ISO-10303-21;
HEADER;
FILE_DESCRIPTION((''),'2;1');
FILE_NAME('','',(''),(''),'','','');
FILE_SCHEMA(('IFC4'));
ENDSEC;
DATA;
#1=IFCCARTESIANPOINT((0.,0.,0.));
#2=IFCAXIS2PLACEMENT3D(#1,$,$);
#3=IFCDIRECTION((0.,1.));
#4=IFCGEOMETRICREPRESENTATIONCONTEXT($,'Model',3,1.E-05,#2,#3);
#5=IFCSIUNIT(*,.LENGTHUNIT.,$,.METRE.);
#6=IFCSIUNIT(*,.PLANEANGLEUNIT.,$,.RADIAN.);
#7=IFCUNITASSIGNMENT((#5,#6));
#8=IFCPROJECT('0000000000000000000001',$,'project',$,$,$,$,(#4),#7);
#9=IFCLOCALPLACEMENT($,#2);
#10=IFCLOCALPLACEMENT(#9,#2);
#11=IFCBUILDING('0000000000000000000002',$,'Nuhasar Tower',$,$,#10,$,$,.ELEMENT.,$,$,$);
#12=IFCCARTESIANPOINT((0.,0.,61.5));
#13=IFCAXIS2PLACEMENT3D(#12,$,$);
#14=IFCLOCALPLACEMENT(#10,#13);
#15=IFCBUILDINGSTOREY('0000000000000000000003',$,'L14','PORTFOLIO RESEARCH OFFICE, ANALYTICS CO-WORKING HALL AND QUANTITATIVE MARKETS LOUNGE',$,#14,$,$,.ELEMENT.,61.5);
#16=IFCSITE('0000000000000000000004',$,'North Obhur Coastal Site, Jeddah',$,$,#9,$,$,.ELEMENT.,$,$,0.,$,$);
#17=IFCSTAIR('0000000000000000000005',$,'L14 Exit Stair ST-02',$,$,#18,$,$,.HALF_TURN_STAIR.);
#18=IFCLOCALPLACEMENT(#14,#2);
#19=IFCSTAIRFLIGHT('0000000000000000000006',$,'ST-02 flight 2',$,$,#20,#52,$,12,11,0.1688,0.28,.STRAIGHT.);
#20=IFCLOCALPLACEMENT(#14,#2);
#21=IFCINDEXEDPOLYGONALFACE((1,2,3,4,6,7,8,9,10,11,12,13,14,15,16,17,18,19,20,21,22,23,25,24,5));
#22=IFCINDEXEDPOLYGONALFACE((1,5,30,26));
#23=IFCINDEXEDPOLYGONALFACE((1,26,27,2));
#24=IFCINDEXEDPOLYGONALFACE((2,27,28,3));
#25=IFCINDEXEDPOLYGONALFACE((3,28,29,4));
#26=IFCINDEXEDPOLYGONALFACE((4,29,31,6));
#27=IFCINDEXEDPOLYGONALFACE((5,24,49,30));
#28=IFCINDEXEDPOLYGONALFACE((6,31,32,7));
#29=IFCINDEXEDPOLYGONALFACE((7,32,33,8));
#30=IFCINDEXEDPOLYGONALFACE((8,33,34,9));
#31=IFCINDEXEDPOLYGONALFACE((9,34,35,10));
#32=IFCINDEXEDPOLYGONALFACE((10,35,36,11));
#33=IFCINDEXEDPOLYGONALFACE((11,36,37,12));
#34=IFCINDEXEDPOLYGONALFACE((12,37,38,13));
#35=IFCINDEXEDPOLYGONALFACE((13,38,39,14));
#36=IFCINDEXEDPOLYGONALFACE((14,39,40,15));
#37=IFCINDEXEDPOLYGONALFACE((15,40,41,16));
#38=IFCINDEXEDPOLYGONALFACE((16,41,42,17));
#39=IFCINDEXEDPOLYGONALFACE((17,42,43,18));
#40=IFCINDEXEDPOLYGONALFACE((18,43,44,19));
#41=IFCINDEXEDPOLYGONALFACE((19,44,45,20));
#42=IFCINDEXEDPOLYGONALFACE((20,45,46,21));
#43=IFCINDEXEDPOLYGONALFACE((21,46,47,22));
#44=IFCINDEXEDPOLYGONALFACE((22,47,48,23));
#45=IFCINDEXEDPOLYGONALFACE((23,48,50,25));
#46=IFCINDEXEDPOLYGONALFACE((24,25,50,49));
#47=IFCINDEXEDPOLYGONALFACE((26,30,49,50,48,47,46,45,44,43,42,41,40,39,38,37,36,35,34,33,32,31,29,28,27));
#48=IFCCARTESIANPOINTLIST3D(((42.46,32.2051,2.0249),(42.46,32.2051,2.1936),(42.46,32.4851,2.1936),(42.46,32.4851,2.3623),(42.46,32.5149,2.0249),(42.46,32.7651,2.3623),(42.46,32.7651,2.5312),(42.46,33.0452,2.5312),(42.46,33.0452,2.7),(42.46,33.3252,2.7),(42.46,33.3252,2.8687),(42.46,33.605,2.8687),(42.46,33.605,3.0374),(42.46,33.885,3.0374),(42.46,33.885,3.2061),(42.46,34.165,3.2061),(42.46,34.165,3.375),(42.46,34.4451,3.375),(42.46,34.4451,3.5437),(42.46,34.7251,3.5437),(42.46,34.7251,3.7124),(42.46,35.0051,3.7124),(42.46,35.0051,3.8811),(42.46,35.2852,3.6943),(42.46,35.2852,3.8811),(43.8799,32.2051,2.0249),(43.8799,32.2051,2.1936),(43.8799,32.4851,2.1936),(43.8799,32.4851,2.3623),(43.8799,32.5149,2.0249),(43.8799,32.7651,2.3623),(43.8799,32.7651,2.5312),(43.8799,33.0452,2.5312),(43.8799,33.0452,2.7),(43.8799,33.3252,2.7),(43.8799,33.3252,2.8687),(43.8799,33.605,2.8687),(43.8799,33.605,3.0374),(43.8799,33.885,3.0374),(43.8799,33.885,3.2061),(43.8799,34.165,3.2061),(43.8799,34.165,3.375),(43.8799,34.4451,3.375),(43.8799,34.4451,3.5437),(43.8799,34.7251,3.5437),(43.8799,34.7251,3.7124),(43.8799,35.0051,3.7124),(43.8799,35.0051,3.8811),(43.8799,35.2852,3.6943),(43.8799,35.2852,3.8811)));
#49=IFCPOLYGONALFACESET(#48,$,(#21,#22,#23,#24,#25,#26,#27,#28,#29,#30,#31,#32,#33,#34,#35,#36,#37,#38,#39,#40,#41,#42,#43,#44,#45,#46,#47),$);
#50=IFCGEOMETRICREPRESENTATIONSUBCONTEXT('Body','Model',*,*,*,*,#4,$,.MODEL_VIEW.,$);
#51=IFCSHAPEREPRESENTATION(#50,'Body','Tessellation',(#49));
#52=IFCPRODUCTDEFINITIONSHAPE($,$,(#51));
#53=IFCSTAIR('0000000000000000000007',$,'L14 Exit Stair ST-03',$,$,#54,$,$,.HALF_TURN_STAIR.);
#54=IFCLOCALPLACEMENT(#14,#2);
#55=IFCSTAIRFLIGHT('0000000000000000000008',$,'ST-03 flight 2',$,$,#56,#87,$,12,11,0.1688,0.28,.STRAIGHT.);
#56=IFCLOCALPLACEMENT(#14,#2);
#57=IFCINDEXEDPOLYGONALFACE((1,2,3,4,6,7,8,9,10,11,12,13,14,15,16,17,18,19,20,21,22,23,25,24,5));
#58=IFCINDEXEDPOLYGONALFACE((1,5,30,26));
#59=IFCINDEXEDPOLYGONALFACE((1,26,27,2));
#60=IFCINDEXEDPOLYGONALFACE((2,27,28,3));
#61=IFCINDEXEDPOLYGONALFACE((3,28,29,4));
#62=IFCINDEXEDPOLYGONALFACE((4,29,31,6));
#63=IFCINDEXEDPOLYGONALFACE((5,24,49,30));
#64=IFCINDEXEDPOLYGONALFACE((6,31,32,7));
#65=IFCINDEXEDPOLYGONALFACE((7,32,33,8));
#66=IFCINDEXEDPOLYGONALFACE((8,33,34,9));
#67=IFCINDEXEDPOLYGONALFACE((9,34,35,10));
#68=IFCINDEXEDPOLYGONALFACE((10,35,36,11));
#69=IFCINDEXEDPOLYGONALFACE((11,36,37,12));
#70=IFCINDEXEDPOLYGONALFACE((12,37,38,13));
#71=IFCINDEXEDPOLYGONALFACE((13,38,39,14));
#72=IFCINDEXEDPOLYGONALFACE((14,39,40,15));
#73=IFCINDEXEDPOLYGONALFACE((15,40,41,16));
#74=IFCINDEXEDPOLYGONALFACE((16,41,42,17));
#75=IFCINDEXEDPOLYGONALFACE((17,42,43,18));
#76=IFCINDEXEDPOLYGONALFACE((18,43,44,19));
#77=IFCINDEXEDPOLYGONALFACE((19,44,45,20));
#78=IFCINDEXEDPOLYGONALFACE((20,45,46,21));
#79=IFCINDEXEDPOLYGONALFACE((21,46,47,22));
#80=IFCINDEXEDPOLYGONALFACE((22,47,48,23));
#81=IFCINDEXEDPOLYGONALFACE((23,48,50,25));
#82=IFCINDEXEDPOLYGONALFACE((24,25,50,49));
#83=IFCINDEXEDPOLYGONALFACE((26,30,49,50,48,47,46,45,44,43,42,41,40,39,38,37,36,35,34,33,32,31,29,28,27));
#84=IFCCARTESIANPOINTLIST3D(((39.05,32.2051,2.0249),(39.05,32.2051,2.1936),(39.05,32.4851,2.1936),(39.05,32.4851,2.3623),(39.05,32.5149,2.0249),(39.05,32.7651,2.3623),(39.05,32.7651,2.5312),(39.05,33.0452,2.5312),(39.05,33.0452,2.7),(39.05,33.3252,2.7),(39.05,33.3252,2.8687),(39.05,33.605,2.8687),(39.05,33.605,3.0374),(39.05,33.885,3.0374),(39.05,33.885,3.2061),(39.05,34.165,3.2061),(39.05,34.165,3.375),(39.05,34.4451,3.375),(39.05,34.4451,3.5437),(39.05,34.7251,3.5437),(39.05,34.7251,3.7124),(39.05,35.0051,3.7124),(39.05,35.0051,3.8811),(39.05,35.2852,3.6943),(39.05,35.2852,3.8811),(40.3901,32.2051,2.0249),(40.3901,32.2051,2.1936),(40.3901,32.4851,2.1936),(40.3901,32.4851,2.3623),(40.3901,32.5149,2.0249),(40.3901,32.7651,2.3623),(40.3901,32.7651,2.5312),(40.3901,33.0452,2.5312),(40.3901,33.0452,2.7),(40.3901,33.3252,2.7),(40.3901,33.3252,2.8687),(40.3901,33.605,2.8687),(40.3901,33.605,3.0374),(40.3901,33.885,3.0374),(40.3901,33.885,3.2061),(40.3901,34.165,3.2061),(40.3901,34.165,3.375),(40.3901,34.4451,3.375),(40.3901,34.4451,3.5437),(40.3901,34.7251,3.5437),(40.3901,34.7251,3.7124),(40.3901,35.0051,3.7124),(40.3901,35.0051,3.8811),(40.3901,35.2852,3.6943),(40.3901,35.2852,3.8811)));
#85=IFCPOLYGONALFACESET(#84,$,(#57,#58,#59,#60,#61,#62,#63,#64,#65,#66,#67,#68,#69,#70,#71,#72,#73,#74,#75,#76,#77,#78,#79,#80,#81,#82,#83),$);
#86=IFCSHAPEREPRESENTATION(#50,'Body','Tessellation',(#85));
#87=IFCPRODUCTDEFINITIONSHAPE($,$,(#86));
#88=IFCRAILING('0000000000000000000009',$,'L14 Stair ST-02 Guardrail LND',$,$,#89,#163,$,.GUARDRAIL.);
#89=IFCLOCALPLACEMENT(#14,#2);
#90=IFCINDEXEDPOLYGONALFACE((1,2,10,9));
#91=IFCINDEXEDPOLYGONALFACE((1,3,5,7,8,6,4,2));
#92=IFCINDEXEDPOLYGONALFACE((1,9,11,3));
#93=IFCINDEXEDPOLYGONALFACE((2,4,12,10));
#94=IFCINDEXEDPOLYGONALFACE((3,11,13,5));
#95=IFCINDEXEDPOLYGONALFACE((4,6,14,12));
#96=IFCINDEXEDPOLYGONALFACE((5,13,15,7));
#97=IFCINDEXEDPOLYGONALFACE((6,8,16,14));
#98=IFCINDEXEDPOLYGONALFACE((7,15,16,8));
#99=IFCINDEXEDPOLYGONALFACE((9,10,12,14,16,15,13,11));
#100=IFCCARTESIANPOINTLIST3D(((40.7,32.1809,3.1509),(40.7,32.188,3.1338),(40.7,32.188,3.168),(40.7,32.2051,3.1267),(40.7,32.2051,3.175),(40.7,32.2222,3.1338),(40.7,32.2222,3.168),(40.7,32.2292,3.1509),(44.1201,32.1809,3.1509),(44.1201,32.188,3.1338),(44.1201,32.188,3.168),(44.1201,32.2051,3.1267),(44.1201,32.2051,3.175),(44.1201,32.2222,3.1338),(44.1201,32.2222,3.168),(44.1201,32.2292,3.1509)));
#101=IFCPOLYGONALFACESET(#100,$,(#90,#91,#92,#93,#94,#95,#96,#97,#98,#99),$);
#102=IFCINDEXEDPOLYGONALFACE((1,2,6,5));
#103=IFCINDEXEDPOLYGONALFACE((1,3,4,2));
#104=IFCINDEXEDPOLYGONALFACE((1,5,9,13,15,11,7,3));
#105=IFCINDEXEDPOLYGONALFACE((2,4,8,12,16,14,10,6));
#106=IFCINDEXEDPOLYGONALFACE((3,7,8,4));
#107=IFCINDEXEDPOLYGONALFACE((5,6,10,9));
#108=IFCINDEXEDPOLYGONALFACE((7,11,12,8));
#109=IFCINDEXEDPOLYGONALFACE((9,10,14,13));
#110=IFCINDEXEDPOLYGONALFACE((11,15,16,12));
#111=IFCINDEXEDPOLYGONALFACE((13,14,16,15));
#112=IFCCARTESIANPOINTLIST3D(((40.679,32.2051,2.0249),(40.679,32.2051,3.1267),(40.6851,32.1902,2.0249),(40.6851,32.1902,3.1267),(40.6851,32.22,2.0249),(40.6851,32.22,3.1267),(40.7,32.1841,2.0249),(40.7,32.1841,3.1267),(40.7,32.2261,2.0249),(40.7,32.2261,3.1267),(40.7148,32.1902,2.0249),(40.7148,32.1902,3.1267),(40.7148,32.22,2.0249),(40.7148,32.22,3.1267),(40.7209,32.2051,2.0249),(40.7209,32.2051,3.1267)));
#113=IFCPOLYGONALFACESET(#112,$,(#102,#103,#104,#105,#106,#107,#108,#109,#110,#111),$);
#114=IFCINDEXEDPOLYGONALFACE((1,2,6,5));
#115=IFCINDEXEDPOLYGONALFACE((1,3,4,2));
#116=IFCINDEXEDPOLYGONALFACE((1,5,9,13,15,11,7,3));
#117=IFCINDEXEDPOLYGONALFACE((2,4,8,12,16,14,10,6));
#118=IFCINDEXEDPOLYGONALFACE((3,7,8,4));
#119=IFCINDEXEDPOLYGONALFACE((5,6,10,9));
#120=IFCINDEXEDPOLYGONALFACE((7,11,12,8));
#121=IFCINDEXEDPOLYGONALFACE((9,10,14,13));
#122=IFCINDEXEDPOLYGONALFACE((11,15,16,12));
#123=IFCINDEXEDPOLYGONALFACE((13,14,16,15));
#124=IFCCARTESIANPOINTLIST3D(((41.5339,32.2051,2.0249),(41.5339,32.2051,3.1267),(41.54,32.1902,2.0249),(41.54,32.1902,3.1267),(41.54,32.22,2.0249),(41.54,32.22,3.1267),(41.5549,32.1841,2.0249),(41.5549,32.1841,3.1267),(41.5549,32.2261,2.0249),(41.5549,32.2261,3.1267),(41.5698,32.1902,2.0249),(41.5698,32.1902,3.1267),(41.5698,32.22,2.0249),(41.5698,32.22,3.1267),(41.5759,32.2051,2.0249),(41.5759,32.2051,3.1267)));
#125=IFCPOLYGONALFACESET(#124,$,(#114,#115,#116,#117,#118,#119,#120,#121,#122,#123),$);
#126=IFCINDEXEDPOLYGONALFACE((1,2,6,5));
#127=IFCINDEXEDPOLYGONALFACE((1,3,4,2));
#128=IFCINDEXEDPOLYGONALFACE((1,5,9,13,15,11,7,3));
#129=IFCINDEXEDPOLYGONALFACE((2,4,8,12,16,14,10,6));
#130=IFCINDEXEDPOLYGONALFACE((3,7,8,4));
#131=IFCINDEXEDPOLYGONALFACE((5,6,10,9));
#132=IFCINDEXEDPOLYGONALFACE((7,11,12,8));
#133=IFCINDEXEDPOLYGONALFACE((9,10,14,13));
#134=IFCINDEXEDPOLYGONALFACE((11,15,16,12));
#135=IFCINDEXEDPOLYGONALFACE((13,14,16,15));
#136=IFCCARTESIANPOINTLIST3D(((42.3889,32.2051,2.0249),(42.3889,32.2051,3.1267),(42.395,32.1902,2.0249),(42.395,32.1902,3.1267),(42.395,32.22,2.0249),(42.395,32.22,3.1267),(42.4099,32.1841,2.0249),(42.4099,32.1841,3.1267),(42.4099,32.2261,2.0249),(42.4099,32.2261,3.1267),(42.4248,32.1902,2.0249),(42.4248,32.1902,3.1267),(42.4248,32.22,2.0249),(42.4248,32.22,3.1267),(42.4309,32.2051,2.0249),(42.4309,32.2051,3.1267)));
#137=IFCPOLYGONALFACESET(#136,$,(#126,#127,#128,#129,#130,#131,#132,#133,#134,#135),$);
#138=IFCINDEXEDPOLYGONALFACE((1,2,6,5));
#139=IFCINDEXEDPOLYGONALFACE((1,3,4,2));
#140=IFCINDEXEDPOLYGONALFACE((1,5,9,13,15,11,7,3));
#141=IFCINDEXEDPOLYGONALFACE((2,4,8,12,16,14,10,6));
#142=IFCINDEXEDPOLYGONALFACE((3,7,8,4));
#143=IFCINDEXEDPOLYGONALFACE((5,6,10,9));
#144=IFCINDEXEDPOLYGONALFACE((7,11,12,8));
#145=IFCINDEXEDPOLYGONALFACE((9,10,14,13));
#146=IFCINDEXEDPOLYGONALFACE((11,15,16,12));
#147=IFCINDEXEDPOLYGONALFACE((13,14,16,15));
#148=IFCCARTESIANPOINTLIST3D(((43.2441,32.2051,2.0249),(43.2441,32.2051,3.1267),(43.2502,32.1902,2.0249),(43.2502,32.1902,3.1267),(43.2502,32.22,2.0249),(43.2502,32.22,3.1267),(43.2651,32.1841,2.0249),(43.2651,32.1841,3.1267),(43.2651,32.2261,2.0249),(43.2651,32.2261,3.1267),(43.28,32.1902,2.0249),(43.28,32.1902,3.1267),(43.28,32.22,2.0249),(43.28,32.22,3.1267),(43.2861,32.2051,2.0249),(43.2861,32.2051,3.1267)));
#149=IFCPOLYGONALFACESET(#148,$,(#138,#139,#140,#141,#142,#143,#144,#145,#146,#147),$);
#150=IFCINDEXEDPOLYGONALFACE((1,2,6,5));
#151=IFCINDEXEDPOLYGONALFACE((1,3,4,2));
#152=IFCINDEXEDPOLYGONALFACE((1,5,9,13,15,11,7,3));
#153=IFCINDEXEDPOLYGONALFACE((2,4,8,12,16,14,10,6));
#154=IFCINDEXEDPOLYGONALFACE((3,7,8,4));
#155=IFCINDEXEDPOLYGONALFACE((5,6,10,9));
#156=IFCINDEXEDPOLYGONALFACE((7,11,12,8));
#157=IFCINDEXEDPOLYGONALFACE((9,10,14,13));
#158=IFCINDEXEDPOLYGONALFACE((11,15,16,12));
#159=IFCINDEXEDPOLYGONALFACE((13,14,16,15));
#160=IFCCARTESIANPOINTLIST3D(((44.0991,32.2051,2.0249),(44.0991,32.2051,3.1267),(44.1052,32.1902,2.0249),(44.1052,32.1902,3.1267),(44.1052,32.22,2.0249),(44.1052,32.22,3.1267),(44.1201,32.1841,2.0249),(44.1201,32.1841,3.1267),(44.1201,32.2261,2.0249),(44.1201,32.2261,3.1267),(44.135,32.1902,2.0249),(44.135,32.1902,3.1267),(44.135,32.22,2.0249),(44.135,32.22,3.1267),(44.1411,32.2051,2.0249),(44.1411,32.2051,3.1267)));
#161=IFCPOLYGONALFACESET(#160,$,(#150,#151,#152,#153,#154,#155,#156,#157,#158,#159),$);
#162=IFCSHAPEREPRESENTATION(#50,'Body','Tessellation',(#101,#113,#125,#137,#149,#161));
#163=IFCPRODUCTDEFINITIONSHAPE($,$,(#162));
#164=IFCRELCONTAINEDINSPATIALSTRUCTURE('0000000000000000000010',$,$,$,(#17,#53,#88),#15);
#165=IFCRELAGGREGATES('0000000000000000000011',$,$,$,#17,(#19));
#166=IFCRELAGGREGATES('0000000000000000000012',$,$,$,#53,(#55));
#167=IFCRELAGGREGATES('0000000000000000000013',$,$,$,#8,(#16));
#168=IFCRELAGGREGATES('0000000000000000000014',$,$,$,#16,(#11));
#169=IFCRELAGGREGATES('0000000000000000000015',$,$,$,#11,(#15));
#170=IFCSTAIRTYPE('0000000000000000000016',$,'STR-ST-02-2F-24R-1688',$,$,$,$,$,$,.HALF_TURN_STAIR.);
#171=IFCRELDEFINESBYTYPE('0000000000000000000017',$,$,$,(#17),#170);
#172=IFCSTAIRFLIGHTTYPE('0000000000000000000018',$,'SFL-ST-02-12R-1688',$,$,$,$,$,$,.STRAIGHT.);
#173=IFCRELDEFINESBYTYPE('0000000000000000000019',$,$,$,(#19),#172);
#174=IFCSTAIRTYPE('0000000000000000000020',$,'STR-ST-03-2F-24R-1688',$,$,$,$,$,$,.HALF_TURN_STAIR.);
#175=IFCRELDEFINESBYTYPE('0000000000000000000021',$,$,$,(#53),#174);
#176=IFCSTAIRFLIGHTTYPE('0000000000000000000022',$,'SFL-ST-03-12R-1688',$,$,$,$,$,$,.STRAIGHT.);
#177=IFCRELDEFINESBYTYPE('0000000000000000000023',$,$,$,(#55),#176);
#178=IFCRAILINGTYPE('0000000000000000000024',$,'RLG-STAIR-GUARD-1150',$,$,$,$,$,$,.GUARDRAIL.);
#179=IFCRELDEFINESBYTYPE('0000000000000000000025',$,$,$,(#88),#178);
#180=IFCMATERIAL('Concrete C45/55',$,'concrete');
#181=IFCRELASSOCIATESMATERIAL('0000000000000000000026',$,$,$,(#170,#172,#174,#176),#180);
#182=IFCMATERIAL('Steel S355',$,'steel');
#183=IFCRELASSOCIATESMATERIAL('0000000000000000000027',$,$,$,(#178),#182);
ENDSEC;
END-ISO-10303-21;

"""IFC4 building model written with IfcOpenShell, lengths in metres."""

from ifc_helpers import new_model, si_unit, direction, frame, origin, place, context, subcontext, project, spatial, polyline, outline, extrude, material, type_object, element, aggregate, save


model = new_model("IFC4")

# Units and contexts
model_context = context("Model", 3, precision=1e-05, world=origin(), true_north=direction((0.0, 1.0)))
body_context = subcontext(model_context, "Body", "Model", "MODEL_VIEW")
ifc_project = project(units=[si_unit("LENGTHUNIT", "METRE"), si_unit("PLANEANGLEUNIT", "RADIAN")], contexts=[model_context])

# Site, building, storey
site_placement = place(None, origin())
site = spatial("IfcSite", under=ifc_project, at=site_placement, Name="North Obhur Coastal Site, Jeddah", CompositionType="ELEMENT", RefElevation=0.0)
building_placement = place(site_placement, origin())
building = spatial("IfcBuilding", under=site, at=building_placement, Name="Nuhasar Tower", CompositionType="ELEMENT")
storey_placement = place(building_placement, frame((0.0, 0.0, 61.5)))
storey = spatial("IfcBuildingStorey", under=building, at=storey_placement, Name="L14", Description="PORTFOLIO RESEARCH OFFICE, ANALYTICS CO-WORKING HALL AND QUANTITATIVE MARKETS LOUNGE", CompositionType="ELEMENT", Elevation=61.5)

# Shared definitions
ifc_material_1 = material(Name="Steel S355", Category="steel")

# Shared definitions
ifc_material_2 = material(Name="Concrete C45/55", Category="concrete")

# Stair, stair flight
stair_type_1 = type_object("IfcStairType", Name="STR-ST-02-2F-24R-1688", PredefinedType="HALF_TURN_STAIR", material=ifc_material_2)
stair_1_placement = place(storey_placement, origin())
stair_1 = element("IfcStair", 1, at=stair_1_placement, inside=storey, type_object=stair_type_1, Name="L14 Exit Stair ST-02", PredefinedType="HALF_TURN_STAIR")
stair_flight_type_1 = type_object("IfcStairFlightType", Name="SFL-ST-02-12R-1688", PredefinedType="STRAIGHT", material=ifc_material_2)
stair_flight_1_placement = place(storey_placement, frame((43.1699, 32.2051, 2.0249), z_axis=(0.0, 0.0, 1.0), x_axis=(0.0, 1.0, 0.0)))
stair_flight_1 = element("IfcStairFlight", 2, at=stair_flight_1_placement, type_object=stair_flight_type_1, Name="ST-02 flight 2", NumberOfRisers=12, NumberOfTreads=11, PredefinedType="STRAIGHT", RiserHeight=0.1688, TreadLength=0.28, context=body_context, shape_type="SweptSolid", body=[
    extrude(outline(polyline([(0.0, 0.0), (0.0, 0.1687), (0.28, 0.1687), (0.28, 0.3374), (0.5601, 0.3374), (0.5601, 0.5063), (0.8401, 0.5063), (0.8401, 0.675), (1.1201, 0.675), (1.1201, 0.8438), (1.3999, 0.8438), (1.3999, 1.0125), (1.6799, 1.0125), (1.6799, 1.1812), (1.96, 1.1812), (1.96, 1.3501), (2.24, 1.3501), (2.24, 1.5188), (2.52, 1.5188), (2.52, 1.6875), (2.8, 1.6875), (2.8, 1.8562), (3.0801, 1.8562), (3.0801, 2.0249), (3.0801, 1.6694), (0.3098, 0.0), (0.0, 0.0)])), frame((0.0, 0.71, 0.0), z_axis=(0.0, -1.0, 0.0), x_axis=(1.0, 0.0, 0.0)), (0.0, 0.0, 1.0), 1.4199),
])
aggregate(stair_1, [stair_flight_1])

# Stair, stair flight
stair_type_2 = type_object("IfcStairType", Name="STR-ST-03-2F-24R-1688", PredefinedType="HALF_TURN_STAIR", material=ifc_material_2)
stair_2_placement = place(storey_placement, origin())
stair_2 = element("IfcStair", 3, at=stair_2_placement, inside=storey, type_object=stair_type_2, Name="L14 Exit Stair ST-03", PredefinedType="HALF_TURN_STAIR")
stair_flight_type_2 = type_object("IfcStairFlightType", Name="SFL-ST-03-12R-1688", PredefinedType="STRAIGHT", material=ifc_material_2)
stair_flight_2_placement = place(storey_placement, frame((39.72, 32.2051, 2.0249), z_axis=(0.0, 0.0, 1.0), x_axis=(0.0, 1.0, 0.0)))
stair_flight_2 = element("IfcStairFlight", 4, at=stair_flight_2_placement, type_object=stair_flight_type_2, Name="ST-03 flight 2", NumberOfRisers=12, NumberOfTreads=11, PredefinedType="STRAIGHT", RiserHeight=0.1688, TreadLength=0.28, context=body_context, shape_type="SweptSolid", body=[
    extrude(outline(polyline([(0.0, 0.0), (0.0, 0.1687), (0.28, 0.1687), (0.28, 0.3374), (0.5601, 0.3374), (0.5601, 0.5063), (0.8401, 0.5063), (0.8401, 0.675), (1.1201, 0.675), (1.1201, 0.8438), (1.3999, 0.8438), (1.3999, 1.0125), (1.6799, 1.0125), (1.6799, 1.1812), (1.96, 1.1812), (1.96, 1.3501), (2.24, 1.3501), (2.24, 1.5188), (2.52, 1.5188), (2.52, 1.6875), (2.8, 1.6875), (2.8, 1.8562), (3.0801, 1.8562), (3.0801, 2.0249), (3.0801, 1.6694), (0.3098, 0.0), (0.0, 0.0)])), frame((0.0, 0.6699, 0.0), z_axis=(0.0, -1.0, 0.0), x_axis=(1.0, 0.0, 0.0)), (0.0, 0.0, 1.0), 1.3401),
])
aggregate(stair_2, [stair_flight_2])

# Railing
railing_type_1 = type_object("IfcRailingType", Name="RLG-STAIR-GUARD-1150", PredefinedType="GUARDRAIL", material=ifc_material_1)
railing_1_placement = place(storey_placement, frame((40.7, 32.2051, 2.0249)))
element("IfcRailing", 5, at=railing_1_placement, inside=storey, type_object=railing_type_1, Name="L14 Stair ST-02 Guardrail LND", PredefinedType="GUARDRAIL", context=body_context, shape_type="SweptSolid", body=[
    extrude(outline(polyline([(0.0242, 0.0), (0.0171, 0.0171), (0.0, 0.0242), (-0.0171, 0.0171), (-0.0242, 0.0), (-0.0171, -0.0171), (0.0, -0.0242), (0.0171, -0.0171), (0.0242, 0.0)])), frame((0.0, 0.0, 1.126), z_axis=(1.0, 0.0, 0.0), x_axis=(0.0, 1.0, 0.0)), (0.0, 0.0, 1.0), 3.4202),
    extrude(outline(polyline([(0.021, 0.0), (0.0149, 0.0149), (0.0, 0.021), (-0.0149, 0.0149), (-0.021, 0.0), (-0.0149, -0.0149), (0.0, -0.021), (0.0149, -0.0149), (0.021, 0.0)])), origin(), (0.0, 0.0, 1.0), 1.1018),
    extrude(outline(polyline([(0.021, 0.0), (0.0149, 0.0149), (0.0, 0.021), (-0.0149, 0.0149), (-0.021, 0.0), (-0.0149, -0.0149), (0.0, -0.021), (0.0149, -0.0149), (0.021, 0.0)])), frame((0.855, 0.0, 0.0)), (0.0, 0.0, 1.0), 1.1018),
    extrude(outline(polyline([(0.021, 0.0), (0.0149, 0.0149), (0.0, 0.021), (-0.0149, 0.0149), (-0.021, 0.0), (-0.0149, -0.0149), (0.0, -0.021), (0.0149, -0.0149), (0.021, 0.0)])), frame((1.71, 0.0, 0.0)), (0.0, 0.0, 1.0), 1.1018),
    extrude(outline(polyline([(0.021, 0.0), (0.0149, 0.0149), (0.0, 0.021), (-0.0149, 0.0149), (-0.021, 0.0), (-0.0149, -0.0149), (0.0, -0.021), (0.0149, -0.0149), (0.021, 0.0)])), frame((2.5652, 0.0, 0.0)), (0.0, 0.0, 1.0), 1.1018),
    extrude(outline(polyline([(0.021, 0.0), (0.0149, 0.0149), (0.0, 0.021), (-0.0149, 0.0149), (-0.021, 0.0), (-0.0149, -0.0149), (0.0, -0.021), (0.0149, -0.0149), (0.021, 0.0)])), frame((3.4202, 0.0, 0.0)), (0.0, 0.0, 1.0), 1.1018),
])

save(model, "model.ifc")
